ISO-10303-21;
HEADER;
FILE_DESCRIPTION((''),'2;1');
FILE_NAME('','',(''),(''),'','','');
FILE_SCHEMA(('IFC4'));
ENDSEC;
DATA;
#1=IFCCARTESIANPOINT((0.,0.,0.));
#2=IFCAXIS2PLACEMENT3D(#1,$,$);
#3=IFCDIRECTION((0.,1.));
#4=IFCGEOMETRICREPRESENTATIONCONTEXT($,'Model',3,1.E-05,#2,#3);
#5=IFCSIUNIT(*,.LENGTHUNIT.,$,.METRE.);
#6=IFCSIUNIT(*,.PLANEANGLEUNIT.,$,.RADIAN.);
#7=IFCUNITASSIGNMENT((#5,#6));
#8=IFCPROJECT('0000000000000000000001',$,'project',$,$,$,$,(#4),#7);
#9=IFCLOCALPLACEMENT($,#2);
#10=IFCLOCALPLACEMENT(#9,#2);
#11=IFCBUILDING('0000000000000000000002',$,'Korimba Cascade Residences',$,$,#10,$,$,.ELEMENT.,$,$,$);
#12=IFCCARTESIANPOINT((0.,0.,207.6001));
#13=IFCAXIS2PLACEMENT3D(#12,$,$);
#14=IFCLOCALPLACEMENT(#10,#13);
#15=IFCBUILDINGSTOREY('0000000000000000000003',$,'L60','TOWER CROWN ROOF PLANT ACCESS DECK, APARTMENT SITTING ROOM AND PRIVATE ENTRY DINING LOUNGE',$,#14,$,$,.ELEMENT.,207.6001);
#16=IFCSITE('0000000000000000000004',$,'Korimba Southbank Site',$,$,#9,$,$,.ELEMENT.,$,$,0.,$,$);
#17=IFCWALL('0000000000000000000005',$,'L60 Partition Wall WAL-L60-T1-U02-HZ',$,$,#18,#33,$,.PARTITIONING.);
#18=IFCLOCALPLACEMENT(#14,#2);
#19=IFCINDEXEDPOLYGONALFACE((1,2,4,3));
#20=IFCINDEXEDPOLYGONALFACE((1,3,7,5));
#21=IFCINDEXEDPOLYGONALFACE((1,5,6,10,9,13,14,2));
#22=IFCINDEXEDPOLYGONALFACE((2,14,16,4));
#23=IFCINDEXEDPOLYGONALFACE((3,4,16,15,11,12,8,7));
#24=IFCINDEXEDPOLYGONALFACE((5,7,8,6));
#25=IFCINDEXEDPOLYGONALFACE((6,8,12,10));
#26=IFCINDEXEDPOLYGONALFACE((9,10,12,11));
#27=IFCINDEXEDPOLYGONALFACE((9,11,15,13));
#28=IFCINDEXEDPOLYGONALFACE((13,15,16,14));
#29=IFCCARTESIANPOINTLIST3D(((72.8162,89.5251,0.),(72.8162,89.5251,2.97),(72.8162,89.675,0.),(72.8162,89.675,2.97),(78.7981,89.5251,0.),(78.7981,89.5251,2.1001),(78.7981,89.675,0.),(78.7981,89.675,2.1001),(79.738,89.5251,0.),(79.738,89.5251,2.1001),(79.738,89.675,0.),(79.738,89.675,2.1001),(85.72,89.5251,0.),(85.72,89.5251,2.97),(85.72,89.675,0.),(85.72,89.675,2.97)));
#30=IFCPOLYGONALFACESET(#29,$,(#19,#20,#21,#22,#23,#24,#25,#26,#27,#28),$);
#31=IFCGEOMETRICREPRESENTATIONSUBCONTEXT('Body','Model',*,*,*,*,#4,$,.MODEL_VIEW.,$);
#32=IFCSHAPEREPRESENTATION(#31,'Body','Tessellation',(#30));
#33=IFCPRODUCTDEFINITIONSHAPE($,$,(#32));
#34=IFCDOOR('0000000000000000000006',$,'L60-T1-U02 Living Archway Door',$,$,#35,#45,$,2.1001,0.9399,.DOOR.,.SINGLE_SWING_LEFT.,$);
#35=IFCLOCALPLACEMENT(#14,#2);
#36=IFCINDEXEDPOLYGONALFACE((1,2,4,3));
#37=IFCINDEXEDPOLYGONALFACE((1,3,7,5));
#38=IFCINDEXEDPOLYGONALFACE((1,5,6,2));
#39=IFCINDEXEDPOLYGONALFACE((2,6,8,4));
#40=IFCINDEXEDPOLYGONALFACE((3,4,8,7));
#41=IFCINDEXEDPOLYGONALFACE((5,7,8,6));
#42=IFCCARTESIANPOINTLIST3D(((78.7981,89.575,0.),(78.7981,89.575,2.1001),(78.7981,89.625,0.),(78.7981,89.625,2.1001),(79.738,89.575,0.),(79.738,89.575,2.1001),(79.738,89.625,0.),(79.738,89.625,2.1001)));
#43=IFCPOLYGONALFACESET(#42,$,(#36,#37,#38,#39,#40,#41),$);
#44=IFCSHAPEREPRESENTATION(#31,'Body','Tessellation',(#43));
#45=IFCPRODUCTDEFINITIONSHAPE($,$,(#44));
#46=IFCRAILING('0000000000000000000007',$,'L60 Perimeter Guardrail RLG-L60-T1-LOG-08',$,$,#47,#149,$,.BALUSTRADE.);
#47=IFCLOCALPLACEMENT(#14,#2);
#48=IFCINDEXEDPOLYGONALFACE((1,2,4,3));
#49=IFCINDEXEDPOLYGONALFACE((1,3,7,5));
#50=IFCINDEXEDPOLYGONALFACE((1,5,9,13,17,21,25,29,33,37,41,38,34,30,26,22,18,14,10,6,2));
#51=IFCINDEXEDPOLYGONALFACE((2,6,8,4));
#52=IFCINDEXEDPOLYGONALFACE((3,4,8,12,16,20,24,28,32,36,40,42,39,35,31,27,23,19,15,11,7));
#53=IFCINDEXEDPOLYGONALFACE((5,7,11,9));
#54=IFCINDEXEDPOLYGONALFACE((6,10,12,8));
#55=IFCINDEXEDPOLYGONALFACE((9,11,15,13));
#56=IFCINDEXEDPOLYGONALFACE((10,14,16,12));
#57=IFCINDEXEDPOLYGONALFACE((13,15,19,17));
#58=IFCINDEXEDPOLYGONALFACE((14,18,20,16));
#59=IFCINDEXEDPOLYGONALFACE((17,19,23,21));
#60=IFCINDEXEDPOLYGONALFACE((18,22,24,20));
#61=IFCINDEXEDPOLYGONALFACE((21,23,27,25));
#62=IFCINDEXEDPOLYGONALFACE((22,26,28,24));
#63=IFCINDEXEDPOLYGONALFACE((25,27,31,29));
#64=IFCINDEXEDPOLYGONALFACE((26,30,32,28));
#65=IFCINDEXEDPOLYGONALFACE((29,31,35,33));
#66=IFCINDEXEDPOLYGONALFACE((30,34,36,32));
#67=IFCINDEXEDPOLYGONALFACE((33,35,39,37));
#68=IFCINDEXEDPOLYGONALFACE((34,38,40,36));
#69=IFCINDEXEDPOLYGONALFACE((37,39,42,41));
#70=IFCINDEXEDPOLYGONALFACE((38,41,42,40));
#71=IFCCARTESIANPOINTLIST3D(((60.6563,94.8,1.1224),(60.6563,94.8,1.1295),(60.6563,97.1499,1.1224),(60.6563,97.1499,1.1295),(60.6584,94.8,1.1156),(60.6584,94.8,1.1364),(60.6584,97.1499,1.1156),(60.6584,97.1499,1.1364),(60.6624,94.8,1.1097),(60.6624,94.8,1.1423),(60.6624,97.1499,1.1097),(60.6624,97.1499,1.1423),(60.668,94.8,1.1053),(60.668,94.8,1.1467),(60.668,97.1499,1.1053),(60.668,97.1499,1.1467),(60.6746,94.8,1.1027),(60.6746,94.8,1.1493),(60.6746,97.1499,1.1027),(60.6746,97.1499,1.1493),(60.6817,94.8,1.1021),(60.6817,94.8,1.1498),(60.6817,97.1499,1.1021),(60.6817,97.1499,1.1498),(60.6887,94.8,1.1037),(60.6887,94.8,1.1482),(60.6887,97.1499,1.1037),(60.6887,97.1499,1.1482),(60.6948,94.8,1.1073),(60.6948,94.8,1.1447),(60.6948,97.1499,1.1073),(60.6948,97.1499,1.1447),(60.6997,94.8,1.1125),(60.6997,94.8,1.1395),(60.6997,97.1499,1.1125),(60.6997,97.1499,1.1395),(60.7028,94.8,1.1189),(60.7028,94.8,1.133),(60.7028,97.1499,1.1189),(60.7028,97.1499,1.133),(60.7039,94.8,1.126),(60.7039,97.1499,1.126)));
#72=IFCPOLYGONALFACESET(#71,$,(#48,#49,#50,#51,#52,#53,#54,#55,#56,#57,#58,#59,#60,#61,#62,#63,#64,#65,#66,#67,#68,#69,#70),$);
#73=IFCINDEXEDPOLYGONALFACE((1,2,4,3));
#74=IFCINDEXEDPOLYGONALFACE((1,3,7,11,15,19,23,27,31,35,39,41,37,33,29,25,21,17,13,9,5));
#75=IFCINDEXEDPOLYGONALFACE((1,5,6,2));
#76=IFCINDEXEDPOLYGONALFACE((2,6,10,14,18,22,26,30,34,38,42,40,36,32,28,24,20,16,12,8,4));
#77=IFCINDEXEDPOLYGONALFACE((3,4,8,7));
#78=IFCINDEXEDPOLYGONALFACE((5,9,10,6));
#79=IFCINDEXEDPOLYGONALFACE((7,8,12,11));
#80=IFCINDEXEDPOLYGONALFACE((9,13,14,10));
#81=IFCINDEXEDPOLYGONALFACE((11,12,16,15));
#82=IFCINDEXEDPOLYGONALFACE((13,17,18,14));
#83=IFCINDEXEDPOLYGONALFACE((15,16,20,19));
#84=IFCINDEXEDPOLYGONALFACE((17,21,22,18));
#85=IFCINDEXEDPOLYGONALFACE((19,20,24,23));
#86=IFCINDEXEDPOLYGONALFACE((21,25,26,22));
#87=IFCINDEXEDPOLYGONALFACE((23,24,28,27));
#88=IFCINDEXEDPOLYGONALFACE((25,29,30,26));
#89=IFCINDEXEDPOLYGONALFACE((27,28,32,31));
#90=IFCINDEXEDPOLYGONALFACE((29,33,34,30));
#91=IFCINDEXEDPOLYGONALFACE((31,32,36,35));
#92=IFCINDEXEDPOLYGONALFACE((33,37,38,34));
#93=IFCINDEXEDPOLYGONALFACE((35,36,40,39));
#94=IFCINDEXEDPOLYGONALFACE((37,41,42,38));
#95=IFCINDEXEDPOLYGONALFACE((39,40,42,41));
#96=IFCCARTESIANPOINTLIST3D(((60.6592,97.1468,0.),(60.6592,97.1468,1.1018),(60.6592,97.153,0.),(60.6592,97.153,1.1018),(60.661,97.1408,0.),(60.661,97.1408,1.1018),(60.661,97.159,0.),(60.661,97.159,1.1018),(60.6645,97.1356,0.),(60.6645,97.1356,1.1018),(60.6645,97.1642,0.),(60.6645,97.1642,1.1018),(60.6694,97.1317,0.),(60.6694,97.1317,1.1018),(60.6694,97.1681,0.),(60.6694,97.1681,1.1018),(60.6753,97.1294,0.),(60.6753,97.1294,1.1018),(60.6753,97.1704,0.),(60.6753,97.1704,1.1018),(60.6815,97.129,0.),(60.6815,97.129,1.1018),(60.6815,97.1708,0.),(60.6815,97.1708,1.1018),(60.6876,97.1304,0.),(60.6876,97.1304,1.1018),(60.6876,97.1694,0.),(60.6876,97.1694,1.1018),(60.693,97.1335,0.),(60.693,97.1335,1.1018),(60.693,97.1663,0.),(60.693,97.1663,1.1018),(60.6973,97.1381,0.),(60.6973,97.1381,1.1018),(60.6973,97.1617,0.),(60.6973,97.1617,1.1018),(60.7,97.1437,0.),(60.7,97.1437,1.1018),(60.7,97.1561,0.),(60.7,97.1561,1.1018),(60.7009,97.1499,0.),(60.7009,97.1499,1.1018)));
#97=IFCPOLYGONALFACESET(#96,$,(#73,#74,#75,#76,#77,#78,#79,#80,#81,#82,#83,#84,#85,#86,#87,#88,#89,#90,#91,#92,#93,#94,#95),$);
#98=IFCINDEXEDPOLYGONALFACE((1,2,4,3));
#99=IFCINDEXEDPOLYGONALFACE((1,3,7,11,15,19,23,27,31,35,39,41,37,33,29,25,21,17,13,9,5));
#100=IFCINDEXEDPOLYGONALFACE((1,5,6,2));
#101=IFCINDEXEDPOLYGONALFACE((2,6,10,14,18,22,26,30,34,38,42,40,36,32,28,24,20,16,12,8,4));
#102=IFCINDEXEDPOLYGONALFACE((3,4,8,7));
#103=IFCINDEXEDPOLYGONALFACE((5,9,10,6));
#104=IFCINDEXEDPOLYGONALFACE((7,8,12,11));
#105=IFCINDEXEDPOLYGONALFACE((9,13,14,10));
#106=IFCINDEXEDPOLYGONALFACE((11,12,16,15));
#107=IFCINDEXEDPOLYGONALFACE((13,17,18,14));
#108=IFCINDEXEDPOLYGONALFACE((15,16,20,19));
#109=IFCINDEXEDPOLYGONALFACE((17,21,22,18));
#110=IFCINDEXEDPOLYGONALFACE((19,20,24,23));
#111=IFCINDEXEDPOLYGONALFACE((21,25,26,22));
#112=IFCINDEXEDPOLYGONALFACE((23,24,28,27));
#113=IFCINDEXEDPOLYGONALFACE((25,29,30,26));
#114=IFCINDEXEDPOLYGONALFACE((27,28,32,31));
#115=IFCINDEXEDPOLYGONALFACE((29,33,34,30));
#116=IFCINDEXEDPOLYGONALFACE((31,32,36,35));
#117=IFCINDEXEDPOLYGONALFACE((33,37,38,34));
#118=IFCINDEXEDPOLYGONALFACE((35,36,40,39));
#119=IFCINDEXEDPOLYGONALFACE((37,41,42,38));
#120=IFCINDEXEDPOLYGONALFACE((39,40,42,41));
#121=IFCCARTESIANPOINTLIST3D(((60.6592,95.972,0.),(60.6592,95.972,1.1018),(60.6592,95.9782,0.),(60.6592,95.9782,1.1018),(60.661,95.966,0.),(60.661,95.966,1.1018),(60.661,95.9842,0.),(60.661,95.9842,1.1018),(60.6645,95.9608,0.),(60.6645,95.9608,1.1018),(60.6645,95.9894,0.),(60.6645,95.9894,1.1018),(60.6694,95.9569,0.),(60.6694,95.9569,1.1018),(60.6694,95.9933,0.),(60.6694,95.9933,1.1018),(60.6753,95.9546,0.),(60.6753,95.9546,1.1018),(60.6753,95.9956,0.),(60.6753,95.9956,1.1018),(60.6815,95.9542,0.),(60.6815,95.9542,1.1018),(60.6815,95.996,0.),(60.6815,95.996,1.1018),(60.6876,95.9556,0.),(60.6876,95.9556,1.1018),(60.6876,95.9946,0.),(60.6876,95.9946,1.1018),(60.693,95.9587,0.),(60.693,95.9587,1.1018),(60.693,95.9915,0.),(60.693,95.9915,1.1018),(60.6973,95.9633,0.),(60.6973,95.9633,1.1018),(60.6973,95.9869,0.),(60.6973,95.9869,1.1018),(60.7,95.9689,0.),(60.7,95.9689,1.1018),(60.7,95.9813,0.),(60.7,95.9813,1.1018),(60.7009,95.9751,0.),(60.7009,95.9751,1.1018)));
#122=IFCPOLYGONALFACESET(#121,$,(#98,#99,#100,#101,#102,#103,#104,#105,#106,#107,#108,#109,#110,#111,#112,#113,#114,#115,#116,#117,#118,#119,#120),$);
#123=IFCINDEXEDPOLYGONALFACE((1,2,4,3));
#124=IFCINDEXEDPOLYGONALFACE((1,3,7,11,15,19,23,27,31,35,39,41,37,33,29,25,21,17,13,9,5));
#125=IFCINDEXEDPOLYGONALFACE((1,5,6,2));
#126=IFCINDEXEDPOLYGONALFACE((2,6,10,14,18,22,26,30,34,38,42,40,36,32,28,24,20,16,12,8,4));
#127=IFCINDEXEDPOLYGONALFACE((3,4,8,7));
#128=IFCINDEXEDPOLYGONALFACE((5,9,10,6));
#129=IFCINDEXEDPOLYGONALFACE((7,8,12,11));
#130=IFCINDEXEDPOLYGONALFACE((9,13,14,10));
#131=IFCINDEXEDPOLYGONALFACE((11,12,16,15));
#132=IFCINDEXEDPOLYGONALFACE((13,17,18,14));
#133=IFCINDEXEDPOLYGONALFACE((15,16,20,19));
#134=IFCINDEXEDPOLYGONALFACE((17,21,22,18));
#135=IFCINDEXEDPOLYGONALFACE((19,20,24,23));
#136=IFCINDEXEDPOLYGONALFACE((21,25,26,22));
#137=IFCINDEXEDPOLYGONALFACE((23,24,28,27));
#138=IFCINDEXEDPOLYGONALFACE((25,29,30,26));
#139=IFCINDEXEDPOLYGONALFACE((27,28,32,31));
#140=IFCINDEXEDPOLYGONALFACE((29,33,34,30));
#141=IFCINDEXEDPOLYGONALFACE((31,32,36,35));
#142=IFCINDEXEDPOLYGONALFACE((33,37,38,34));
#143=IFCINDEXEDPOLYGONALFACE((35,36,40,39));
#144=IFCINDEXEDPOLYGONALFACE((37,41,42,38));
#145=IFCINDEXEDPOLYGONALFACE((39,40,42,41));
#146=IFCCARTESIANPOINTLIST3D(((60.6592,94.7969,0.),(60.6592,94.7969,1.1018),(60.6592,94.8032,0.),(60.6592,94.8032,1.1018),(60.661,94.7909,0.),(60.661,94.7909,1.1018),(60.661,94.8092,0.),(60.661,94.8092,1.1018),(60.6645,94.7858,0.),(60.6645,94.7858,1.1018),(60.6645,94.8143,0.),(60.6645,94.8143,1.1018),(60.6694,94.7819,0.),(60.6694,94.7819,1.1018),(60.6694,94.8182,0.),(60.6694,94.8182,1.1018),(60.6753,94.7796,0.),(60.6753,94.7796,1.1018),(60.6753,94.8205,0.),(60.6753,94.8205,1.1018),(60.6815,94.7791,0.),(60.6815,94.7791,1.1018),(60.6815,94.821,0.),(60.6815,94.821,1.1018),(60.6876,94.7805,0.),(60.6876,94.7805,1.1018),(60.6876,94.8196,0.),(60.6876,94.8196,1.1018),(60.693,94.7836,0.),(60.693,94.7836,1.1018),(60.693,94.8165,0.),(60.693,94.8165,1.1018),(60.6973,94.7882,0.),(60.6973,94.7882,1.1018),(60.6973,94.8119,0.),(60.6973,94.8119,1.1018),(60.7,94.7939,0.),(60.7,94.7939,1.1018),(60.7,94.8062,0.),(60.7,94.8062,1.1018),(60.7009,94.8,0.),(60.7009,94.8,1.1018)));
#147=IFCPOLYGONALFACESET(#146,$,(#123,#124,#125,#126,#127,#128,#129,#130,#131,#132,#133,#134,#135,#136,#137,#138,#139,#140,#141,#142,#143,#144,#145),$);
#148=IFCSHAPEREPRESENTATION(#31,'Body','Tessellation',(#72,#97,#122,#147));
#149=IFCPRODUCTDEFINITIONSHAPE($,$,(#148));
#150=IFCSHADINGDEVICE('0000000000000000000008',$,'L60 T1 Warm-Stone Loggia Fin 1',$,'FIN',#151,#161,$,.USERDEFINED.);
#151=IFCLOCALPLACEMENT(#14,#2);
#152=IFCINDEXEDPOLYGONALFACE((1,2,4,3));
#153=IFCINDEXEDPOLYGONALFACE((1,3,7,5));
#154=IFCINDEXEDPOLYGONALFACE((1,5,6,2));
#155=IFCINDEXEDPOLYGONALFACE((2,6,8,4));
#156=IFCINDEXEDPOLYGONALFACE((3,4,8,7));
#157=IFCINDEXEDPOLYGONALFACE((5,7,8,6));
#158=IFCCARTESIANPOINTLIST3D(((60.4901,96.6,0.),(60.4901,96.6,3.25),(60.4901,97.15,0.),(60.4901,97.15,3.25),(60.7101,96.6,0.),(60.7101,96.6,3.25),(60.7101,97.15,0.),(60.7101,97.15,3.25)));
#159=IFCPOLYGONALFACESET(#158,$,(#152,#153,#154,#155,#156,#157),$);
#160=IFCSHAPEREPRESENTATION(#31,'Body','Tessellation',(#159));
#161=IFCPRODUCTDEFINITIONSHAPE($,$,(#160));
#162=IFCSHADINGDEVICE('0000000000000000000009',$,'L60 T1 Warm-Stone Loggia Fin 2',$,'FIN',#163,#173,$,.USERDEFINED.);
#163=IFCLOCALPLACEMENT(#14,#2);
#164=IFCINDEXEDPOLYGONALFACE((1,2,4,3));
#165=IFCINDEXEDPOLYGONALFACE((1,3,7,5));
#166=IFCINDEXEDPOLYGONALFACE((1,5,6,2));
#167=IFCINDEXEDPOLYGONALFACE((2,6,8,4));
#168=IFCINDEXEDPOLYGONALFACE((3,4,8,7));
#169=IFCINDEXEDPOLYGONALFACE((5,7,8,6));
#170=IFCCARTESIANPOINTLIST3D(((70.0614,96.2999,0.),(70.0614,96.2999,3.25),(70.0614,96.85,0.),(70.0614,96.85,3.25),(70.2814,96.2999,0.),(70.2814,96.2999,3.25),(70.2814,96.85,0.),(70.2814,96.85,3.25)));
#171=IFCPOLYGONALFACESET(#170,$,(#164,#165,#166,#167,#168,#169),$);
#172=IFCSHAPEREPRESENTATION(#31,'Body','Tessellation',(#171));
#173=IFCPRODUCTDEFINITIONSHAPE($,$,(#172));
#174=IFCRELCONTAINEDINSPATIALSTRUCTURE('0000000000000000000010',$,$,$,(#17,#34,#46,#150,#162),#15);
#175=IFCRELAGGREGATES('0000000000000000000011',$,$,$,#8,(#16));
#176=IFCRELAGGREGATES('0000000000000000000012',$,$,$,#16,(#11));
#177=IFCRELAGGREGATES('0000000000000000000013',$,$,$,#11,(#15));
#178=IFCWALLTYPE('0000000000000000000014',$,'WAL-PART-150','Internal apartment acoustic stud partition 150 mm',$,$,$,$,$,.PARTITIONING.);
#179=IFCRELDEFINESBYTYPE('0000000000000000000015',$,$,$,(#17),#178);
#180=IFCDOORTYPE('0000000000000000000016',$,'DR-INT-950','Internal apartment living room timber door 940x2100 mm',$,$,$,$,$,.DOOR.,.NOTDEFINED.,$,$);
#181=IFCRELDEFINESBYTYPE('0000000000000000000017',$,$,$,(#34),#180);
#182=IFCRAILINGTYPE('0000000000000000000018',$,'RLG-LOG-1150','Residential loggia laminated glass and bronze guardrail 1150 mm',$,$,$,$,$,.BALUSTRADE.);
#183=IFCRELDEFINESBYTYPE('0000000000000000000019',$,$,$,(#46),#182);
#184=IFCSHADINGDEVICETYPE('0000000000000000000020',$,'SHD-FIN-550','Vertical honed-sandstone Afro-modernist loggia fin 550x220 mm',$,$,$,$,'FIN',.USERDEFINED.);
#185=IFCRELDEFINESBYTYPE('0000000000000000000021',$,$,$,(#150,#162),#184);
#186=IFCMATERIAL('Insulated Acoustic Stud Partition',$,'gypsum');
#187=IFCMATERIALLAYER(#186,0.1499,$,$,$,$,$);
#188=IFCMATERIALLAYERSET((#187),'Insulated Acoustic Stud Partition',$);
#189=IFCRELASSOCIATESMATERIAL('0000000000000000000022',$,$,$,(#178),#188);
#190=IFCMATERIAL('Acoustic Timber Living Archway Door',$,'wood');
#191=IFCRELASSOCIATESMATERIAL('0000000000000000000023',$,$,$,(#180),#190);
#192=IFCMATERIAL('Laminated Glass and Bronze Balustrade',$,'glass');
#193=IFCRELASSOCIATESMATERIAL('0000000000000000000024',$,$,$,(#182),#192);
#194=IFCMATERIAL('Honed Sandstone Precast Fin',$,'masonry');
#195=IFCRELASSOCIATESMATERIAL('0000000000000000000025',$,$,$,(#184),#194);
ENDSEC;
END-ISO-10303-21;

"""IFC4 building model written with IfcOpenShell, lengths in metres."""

from ifc_helpers import new_model, si_unit, direction, frame, frame_2d, origin, origin_2d, place, context, subcontext, project, spatial, rectangle, circle, extrude, material, layer, layer_set, type_object, element, fill, save


model = new_model("IFC4")

# Units and contexts
model_context = context("Model", 3, precision=1e-05, world=origin(), true_north=direction((0.0, 1.0)))
body_context = subcontext(model_context, "Body", "Model", "MODEL_VIEW")
ifc_project = project(units=[si_unit("LENGTHUNIT", "METRE"), si_unit("PLANEANGLEUNIT", "RADIAN")], contexts=[model_context])

# Site, building, storey
site_placement = place(None, origin())
site = spatial("IfcSite", under=ifc_project, at=site_placement, Name="Korimba Southbank Site", CompositionType="ELEMENT", RefElevation=0.0)
building_placement = place(site_placement, origin())
building = spatial("IfcBuilding", under=site, at=building_placement, Name="Korimba Cascade Residences", CompositionType="ELEMENT")
storey_placement = place(building_placement, frame((0.0, 0.0, 207.6001)))
storey = spatial("IfcBuildingStorey", under=building, at=storey_placement, Name="L60", Description="TOWER CROWN ROOF PLANT ACCESS DECK, APARTMENT SITTING ROOM AND PRIVATE ENTRY DINING LOUNGE", CompositionType="ELEMENT", Elevation=207.6001)

# Shared definitions
ifc_material_1 = material(Name="Insulated Acoustic Stud Partition", Category="gypsum")
ifc_layer_1 = layer(ifc_material_1, 0.1499)
ifc_layer_set_1 = layer_set([ifc_layer_1], Name="Insulated Acoustic Stud Partition")
wall_type_1 = type_object("IfcWallType", Name="WAL-PART-150", Description="Internal apartment acoustic stud partition 150 mm", PredefinedType="PARTITIONING", material=ifc_layer_set_1)

# Wall, opening, door
ifc_material_2 = material(Name="Acoustic Timber Living Archway Door", Category="wood")
door_type_1 = type_object("IfcDoorType", Name="DR-INT-950", Description="Internal apartment living room timber door 940x2100 mm", OperationType="NOTDEFINED", PredefinedType="DOOR", material=ifc_material_2)
wall_1_placement = place(storey_placement, frame((72.8162, 89.6001, 0.0), z_axis=(0.0, 0.0, 1.0), x_axis=(1.0, 0.0, 0.0)))
wall_1 = element("IfcWall", 1, at=wall_1_placement, inside=storey, type_object=wall_type_1, Name="L60 Partition Wall WAL-L60-T1-U02-HZ", PredefinedType="PARTITIONING", context=body_context, shape_type="SweptSolid", body=[
    extrude(rectangle(XDim=12.9038, YDim=0.1499, at=frame_2d((6.4519, 0.0))), origin(), (0.0, 0.0, 1.0), 2.97),
])
opening_1_placement = place(wall_1_placement, frame((5.9819, 0.0, 0.0)))
opening_1 = element("IfcOpeningElement", 2, at=opening_1_placement, cuts=wall_1, PredefinedType="OPENING", context=body_context, shape_type="SweptSolid", body=[
    extrude(rectangle(XDim=0.9399, YDim=2.1001, at=frame_2d((0.47, 1.05))), frame((0.0, 0.085, 0.0), z_axis=(0.0, -1.0, 0.0), x_axis=(1.0, 0.0, 0.0)), (0.0, 0.0, 1.0), 0.1699),
])
door_1_placement = place(opening_1_placement, origin())
door_1 = element("IfcDoor", 3, at=door_1_placement, inside=storey, type_object=door_type_1, Name="L60-T1-U02 Living Archway Door", OperationType="SINGLE_SWING_LEFT", OverallHeight=2.1001, OverallWidth=0.9399, PredefinedType="DOOR", context=body_context, shape_type="SweptSolid", body=[
    extrude(rectangle(XDim=0.9399, YDim=2.1001, at=frame_2d((0.47, 1.05))), frame((0.0, 0.0249, 0.0), z_axis=(0.0, -1.0, 0.0), x_axis=(1.0, 0.0, 0.0)), (0.0, 0.0, 1.0), 0.05),
])
fill(opening_1, door_1)

# Railing
ifc_material_3 = material(Name="Laminated Glass and Bronze Balustrade", Category="glass")
railing_type = type_object("IfcRailingType", Name="RLG-LOG-1150", Description="Residential loggia laminated glass and bronze guardrail 1150 mm", PredefinedType="BALUSTRADE", material=ifc_material_3)
railing_1_placement = place(storey_placement, frame((60.6799, 97.1499, 0.0)))
element("IfcRailing", 4, at=railing_1_placement, inside=storey, type_object=railing_type, Name="L60 Perimeter Guardrail RLG-L60-T1-LOG-08", PredefinedType="BALUSTRADE", context=body_context, shape_type="SweptSolid", body=[
    extrude(circle(Radius=0.0239, at=origin_2d()), frame((0.0, 0.0, 1.126), z_axis=(0.0, -1.0, 0.0), x_axis=(1.0, 0.0, 0.0)), (0.0, 0.0, 1.0), 2.3499),
    extrude(circle(Radius=0.021, at=origin_2d()), origin(), (0.0, 0.0, 1.0), 1.1018),
    extrude(circle(Radius=0.021, at=origin_2d()), frame((0.0, -1.1748, 0.0)), (0.0, 0.0, 1.0), 1.1018),
    extrude(circle(Radius=0.021, at=origin_2d()), frame((0.0, -2.3499, 0.0)), (0.0, 0.0, 1.0), 1.1018),
])

# Shading devices
ifc_material_4 = material(Name="Honed Sandstone Precast Fin", Category="masonry")
shading_device_type = type_object("IfcShadingDeviceType", Name="SHD-FIN-550", Description="Vertical honed-sandstone Afro-modernist loggia fin 550x220 mm", ElementType="FIN", PredefinedType="USERDEFINED", material=ifc_material_4)
for number, where, z_axis, x_axis, name in (
    (5, (60.6001, 96.875, 0.0), (0.0, 0.0, 1.0), (1.0, 0.0, 0.0), "L60 T1 Warm-Stone Loggia Fin 1"),
    (6, (70.1714, 96.575, 0.0), (0.0, 0.0, 1.0), (1.0, 0.0, 0.0), "L60 T1 Warm-Stone Loggia Fin 2"),
):
    element("IfcShadingDevice", number, at=place(storey_placement, frame(where, z_axis=z_axis, x_axis=x_axis)), inside=storey, type_object=shading_device_type, Name=name, ObjectType="FIN", PredefinedType="USERDEFINED", context=body_context, shape_type="SweptSolid", body=[
        extrude(rectangle(XDim=0.22, YDim=0.55, at=origin_2d()), origin(), (0.0, 0.0, 1.0), 3.25),
    ])

save(model, "model.ifc")
